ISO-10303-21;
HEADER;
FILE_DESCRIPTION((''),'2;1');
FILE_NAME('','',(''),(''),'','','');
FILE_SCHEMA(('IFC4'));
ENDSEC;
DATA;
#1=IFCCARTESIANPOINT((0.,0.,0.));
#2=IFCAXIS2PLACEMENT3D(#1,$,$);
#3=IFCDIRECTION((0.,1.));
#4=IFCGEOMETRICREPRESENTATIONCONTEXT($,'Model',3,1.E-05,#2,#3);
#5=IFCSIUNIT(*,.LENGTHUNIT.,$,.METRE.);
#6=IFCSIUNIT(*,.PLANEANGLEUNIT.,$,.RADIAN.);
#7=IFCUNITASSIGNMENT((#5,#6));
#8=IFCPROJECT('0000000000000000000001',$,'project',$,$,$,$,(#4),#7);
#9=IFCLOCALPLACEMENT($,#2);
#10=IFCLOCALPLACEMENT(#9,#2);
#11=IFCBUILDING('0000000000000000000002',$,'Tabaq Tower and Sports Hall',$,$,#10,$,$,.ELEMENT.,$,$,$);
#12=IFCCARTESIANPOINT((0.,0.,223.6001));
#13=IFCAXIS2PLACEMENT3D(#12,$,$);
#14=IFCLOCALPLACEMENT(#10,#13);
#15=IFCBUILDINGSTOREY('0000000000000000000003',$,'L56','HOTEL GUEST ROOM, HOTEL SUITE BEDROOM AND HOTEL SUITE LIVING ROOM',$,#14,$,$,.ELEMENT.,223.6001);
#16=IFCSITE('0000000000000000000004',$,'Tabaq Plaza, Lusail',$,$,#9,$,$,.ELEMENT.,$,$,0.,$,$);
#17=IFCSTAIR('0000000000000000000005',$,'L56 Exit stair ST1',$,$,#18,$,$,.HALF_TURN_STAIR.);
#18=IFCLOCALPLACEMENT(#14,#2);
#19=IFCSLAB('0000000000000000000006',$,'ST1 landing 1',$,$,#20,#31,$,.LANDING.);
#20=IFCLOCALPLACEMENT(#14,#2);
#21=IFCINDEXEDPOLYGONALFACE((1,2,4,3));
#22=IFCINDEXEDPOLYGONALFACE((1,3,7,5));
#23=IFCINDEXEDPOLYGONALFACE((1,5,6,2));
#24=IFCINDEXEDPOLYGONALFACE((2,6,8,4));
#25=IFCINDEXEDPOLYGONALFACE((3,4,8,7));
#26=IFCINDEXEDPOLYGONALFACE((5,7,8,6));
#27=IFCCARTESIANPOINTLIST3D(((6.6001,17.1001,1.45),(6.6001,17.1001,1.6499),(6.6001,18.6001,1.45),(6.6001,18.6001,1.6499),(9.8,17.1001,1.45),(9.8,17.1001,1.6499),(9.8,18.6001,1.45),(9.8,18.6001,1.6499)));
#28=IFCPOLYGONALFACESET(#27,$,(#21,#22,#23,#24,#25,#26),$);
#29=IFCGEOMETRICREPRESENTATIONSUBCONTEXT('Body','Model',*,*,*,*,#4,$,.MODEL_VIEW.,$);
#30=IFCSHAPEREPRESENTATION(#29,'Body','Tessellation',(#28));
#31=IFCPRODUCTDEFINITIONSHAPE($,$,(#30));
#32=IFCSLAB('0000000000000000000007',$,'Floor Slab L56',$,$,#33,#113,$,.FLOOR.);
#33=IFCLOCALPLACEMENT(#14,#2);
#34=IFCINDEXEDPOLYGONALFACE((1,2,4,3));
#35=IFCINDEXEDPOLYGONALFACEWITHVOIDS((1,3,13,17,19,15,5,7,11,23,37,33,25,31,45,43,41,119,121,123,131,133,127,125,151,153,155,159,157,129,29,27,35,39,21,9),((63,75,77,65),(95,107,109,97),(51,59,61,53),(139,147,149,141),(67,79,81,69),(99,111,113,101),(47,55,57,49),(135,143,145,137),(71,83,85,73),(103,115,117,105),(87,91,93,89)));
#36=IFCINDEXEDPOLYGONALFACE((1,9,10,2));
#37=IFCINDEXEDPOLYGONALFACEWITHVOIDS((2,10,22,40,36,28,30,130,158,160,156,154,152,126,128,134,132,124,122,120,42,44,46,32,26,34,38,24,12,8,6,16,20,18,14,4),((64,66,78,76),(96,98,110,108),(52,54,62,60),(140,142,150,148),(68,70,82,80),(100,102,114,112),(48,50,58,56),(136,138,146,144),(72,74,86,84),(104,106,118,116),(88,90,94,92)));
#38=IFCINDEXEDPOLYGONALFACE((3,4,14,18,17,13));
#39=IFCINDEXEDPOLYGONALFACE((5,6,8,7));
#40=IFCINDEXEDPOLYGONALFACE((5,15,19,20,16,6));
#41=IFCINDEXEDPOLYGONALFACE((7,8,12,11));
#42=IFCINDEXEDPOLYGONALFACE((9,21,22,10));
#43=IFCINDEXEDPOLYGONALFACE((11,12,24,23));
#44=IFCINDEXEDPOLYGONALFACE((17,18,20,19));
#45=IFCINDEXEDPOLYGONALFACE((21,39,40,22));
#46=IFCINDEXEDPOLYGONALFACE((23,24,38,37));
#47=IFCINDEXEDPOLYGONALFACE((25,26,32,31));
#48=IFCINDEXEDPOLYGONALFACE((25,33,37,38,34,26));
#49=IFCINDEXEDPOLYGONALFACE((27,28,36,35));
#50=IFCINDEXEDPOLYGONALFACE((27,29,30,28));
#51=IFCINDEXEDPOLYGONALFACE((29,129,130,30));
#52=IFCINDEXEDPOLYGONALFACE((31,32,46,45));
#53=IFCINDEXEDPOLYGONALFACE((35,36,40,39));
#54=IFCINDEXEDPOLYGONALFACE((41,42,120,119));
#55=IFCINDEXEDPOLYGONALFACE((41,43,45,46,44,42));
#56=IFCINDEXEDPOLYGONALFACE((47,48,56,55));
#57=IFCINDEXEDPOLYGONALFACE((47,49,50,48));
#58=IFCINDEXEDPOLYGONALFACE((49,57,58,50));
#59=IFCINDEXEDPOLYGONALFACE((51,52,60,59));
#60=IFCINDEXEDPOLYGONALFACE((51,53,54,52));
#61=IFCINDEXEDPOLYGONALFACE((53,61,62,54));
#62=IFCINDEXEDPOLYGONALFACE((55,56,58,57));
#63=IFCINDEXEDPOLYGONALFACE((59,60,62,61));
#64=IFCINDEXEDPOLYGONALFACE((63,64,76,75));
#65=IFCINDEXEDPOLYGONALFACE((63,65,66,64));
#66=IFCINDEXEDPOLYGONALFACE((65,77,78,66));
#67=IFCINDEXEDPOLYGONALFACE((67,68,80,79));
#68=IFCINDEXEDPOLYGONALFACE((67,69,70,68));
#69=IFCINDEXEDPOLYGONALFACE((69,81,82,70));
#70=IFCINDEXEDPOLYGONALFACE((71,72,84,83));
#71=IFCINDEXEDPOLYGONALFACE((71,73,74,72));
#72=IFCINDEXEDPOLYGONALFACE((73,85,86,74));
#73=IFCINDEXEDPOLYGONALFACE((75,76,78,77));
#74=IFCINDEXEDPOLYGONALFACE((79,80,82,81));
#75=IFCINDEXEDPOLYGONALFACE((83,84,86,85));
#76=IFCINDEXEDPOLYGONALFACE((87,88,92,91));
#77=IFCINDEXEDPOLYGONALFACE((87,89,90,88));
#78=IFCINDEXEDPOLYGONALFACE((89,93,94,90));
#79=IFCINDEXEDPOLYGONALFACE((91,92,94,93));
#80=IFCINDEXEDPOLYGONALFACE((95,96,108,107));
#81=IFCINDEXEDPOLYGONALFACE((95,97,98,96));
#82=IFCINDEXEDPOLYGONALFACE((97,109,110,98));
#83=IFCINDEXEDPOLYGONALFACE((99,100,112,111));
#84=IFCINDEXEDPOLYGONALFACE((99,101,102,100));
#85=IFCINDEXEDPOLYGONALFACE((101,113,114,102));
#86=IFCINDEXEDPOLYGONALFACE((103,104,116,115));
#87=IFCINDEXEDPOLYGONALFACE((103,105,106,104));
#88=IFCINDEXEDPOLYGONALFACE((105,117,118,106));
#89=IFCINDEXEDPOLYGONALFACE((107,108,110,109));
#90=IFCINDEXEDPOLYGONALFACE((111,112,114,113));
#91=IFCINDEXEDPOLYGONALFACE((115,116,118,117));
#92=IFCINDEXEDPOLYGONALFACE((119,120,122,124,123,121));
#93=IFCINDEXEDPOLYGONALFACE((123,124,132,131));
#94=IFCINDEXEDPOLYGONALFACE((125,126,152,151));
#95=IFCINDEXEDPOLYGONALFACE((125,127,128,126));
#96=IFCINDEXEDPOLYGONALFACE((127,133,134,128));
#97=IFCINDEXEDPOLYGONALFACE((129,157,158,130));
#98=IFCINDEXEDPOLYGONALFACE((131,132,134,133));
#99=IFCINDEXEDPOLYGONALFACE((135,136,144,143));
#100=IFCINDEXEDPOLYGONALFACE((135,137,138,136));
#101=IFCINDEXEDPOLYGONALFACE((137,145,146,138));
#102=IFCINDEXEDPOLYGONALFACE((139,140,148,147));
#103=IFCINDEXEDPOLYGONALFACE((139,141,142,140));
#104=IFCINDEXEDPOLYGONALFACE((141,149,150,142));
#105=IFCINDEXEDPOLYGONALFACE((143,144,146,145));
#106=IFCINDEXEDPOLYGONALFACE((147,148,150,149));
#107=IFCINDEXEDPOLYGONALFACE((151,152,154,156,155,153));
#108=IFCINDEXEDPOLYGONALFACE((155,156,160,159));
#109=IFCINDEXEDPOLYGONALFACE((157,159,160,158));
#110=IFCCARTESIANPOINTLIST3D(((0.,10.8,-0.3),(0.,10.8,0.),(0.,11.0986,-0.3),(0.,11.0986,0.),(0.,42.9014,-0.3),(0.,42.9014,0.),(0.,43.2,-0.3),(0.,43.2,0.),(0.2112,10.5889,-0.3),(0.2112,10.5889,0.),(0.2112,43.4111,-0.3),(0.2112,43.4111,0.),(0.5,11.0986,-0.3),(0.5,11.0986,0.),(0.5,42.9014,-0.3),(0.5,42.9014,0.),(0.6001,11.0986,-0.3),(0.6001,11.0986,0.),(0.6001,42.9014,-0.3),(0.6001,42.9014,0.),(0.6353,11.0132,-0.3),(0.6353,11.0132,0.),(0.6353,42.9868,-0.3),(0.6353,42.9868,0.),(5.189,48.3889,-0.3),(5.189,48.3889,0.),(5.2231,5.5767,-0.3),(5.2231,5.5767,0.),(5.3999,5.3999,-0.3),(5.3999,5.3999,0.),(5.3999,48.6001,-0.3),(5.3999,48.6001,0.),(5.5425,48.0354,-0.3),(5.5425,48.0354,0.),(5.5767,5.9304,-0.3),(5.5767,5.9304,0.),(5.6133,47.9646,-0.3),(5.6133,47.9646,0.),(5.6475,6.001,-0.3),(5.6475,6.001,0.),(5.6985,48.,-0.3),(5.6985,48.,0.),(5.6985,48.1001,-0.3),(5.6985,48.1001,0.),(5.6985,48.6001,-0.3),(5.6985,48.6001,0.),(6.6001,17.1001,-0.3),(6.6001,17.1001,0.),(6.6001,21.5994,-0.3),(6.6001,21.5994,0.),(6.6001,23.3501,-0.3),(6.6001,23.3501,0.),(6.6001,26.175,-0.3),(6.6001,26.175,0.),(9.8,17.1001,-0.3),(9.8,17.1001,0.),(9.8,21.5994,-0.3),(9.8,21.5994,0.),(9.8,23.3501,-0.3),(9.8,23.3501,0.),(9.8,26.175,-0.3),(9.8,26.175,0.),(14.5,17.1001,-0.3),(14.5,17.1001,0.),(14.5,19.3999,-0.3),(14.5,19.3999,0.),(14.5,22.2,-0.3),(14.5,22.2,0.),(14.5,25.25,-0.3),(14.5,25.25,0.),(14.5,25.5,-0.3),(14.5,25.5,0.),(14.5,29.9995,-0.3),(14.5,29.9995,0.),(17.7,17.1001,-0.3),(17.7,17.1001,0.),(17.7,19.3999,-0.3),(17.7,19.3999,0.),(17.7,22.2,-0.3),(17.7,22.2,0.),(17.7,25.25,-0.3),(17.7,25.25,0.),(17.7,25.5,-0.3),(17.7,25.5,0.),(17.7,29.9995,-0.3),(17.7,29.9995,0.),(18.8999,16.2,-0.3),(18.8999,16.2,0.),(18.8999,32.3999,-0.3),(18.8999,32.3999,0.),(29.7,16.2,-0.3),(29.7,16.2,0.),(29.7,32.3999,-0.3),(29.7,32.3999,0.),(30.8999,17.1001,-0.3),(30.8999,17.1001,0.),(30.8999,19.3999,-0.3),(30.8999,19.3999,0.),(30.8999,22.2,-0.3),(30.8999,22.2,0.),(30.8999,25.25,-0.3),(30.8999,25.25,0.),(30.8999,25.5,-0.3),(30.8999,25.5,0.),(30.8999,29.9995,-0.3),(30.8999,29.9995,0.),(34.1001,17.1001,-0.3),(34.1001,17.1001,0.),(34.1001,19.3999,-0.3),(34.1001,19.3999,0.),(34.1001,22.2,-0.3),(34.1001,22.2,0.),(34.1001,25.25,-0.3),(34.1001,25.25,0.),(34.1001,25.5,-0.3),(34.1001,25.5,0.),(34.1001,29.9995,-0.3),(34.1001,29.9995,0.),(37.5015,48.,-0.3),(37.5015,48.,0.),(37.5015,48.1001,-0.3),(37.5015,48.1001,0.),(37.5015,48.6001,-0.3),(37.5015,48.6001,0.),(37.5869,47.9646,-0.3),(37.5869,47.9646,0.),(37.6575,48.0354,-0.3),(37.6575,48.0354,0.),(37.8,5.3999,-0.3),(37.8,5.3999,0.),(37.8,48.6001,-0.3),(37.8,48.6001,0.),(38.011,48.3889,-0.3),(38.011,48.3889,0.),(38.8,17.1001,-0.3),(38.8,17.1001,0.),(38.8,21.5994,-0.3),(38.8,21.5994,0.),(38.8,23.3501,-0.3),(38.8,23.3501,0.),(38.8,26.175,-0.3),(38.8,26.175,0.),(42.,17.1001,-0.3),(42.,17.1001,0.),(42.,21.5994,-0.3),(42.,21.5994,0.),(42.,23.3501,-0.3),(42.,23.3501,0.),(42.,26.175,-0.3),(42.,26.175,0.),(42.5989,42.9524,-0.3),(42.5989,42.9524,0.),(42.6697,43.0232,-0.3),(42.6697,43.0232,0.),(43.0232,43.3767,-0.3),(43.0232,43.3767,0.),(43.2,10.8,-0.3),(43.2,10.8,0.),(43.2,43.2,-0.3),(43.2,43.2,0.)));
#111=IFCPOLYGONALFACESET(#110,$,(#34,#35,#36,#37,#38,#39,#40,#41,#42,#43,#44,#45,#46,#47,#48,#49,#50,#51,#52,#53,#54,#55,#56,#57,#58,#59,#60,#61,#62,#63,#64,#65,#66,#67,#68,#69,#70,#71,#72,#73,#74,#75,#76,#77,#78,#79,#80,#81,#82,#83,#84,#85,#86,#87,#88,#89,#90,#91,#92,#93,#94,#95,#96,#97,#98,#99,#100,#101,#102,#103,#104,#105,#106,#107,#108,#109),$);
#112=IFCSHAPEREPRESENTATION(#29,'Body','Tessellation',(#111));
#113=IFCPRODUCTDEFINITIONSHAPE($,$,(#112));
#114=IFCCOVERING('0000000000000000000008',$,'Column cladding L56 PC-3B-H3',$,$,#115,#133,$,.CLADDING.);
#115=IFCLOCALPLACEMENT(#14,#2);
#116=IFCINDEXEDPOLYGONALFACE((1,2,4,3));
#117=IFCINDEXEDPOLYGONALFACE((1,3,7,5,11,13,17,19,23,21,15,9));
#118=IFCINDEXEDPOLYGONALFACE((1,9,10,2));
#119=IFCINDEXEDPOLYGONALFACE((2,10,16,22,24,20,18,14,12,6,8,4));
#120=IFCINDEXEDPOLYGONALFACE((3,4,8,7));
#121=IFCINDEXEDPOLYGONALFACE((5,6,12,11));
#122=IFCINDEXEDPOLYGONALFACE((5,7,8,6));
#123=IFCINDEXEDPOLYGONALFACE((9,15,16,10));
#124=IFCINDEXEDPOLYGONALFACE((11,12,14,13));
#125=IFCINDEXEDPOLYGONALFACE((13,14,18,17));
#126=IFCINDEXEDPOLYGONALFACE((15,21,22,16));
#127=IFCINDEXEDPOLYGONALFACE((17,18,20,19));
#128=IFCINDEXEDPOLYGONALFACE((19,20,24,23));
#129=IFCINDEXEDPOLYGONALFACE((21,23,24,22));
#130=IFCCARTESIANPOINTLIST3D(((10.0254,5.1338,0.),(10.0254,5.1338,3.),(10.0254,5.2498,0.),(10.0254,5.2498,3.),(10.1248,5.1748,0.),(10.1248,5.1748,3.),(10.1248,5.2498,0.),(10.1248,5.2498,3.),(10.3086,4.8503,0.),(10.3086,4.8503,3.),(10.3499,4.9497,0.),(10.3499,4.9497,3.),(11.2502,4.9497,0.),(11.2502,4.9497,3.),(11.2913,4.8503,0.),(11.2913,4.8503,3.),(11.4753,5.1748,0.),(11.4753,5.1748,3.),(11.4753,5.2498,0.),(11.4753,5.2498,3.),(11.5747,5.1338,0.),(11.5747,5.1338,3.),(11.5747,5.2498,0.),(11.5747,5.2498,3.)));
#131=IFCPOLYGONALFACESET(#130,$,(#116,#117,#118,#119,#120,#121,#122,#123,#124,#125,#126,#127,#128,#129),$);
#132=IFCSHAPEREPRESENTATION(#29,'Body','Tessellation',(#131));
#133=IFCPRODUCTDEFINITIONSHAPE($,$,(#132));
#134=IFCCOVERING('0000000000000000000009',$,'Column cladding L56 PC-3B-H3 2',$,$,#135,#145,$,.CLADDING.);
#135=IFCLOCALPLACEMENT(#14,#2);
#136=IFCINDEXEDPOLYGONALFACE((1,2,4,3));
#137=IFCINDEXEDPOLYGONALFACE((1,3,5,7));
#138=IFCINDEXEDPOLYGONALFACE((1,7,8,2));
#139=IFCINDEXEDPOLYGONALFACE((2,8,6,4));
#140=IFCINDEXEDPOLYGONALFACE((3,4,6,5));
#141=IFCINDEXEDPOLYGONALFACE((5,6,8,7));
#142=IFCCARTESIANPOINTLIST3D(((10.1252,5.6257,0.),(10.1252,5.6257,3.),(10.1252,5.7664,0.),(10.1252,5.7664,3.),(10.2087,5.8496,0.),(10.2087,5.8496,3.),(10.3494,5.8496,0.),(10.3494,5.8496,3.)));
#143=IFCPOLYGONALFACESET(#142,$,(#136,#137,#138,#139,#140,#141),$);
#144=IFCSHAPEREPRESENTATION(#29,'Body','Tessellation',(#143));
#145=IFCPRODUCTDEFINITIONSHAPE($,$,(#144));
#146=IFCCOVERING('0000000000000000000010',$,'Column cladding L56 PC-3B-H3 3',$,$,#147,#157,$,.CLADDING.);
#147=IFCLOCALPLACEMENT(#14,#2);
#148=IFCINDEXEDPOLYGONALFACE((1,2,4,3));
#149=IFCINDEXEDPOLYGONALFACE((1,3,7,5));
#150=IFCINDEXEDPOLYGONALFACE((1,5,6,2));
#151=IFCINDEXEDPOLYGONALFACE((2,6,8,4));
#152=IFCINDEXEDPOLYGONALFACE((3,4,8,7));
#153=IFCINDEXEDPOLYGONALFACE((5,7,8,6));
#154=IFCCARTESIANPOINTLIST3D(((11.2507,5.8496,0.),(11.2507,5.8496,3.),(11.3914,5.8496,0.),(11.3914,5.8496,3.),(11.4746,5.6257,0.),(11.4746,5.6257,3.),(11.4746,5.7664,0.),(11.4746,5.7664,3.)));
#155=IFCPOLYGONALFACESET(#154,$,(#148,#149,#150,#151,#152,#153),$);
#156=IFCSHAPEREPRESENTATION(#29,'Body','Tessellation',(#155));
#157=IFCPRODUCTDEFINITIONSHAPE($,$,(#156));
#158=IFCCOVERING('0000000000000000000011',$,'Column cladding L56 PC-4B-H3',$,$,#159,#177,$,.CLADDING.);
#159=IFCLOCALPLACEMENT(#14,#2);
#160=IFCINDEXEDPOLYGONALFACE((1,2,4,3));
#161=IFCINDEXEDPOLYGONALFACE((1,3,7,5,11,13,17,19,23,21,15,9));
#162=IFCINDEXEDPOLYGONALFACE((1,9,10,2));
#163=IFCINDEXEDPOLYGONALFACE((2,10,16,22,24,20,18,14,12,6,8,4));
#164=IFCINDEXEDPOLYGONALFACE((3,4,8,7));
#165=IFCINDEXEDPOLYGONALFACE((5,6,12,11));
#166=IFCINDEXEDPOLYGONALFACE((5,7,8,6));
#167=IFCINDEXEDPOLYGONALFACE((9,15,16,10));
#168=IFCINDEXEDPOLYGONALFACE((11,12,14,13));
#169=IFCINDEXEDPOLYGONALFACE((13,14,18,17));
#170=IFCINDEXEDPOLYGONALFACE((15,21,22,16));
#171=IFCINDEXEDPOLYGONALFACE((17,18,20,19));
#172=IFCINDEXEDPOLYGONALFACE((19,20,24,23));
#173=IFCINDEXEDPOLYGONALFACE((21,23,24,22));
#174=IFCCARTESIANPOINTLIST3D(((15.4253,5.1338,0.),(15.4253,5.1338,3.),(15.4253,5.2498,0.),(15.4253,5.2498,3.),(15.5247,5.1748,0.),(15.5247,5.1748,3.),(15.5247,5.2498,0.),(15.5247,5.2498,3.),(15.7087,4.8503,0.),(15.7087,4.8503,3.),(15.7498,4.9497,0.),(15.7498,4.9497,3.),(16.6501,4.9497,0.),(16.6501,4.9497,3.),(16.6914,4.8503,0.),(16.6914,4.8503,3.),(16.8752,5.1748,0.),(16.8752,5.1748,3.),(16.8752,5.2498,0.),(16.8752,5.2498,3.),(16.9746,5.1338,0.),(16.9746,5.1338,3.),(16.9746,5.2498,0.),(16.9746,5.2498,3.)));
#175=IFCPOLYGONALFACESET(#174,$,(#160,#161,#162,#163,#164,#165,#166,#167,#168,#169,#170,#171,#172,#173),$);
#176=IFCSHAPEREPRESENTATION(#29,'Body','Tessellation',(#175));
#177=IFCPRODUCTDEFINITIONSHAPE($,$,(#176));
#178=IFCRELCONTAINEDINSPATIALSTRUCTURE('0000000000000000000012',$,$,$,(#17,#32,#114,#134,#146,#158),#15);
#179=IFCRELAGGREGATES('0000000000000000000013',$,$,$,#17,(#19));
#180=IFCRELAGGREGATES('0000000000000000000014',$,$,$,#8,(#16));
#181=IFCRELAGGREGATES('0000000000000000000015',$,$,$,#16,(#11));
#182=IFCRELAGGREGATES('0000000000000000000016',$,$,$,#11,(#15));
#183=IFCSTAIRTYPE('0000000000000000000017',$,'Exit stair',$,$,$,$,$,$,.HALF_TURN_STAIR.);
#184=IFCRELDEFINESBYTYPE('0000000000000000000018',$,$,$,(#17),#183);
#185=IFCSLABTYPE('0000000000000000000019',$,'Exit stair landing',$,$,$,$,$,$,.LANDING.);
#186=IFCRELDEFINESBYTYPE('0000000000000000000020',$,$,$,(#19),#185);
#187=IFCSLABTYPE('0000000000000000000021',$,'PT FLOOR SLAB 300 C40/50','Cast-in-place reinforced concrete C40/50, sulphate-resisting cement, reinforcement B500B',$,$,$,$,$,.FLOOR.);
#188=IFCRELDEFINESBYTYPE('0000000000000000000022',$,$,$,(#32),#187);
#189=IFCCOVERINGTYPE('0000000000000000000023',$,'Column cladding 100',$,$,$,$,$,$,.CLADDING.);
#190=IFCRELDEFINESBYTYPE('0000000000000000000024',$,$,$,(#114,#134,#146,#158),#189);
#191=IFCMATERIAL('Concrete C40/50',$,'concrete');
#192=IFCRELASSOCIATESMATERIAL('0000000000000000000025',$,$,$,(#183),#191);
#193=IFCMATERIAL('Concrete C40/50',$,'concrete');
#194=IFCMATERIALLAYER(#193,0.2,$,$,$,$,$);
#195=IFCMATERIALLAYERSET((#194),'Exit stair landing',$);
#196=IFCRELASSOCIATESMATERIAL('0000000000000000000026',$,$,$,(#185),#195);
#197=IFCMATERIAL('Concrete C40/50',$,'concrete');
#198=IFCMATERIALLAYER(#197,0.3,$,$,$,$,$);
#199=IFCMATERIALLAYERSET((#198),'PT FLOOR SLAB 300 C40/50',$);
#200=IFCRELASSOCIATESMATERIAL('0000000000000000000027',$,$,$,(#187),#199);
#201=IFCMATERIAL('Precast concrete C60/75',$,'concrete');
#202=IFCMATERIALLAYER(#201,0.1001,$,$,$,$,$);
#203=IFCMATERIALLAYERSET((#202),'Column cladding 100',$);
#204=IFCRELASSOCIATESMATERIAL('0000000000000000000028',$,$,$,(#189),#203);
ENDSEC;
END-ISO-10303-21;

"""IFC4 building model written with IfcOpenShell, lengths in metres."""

from ifc_helpers import new_model, si_unit, direction, frame, origin, place, context, subcontext, project, spatial, polyline, outline, extrude, material, layer, layer_set, type_object, element, aggregate, save


model = new_model("IFC4")

# Units and contexts
model_context = context("Model", 3, precision=1e-05, world=origin(), true_north=direction((0.0, 1.0)))
body_context = subcontext(model_context, "Body", "Model", "MODEL_VIEW")
ifc_project = project(units=[si_unit("LENGTHUNIT", "METRE"), si_unit("PLANEANGLEUNIT", "RADIAN")], contexts=[model_context])

# Site, building, storey
site_placement = place(None, origin())
site = spatial("IfcSite", under=ifc_project, at=site_placement, Name="Tabaq Plaza, Lusail", CompositionType="ELEMENT", RefElevation=0.0)
building_placement = place(site_placement, origin())
building = spatial("IfcBuilding", under=site, at=building_placement, Name="Tabaq Tower and Sports Hall", CompositionType="ELEMENT")
storey_placement = place(building_placement, frame((0.0, 0.0, 223.6001)))
storey = spatial("IfcBuildingStorey", under=building, at=storey_placement, Name="L56", Description="HOTEL GUEST ROOM, HOTEL SUITE BEDROOM AND HOTEL SUITE LIVING ROOM", CompositionType="ELEMENT", Elevation=223.6001)

# Stair, slab
ifc_material_1 = material(Name="Concrete C40/50", Category="concrete")
stair_type = type_object("IfcStairType", Name="Exit stair", PredefinedType="HALF_TURN_STAIR", material=ifc_material_1)
stair_placement = place(storey_placement, origin())
stair = element("IfcStair", 1, at=stair_placement, inside=storey, type_object=stair_type, Name="L56 Exit stair ST1", PredefinedType="HALF_TURN_STAIR")
ifc_material_2 = material(Name="Concrete C40/50", Category="concrete")
ifc_layer_1 = layer(ifc_material_2, 0.2)
ifc_layer_set_1 = layer_set([ifc_layer_1], Name="Exit stair landing")
slab_type_1 = type_object("IfcSlabType", Name="Exit stair landing", PredefinedType="LANDING", material=ifc_layer_set_1)
slab_1_placement = place(storey_placement, frame((0.0, 0.0, 1.45)))
slab_1 = element("IfcSlab", 2, at=slab_1_placement, type_object=slab_type_1, Name="ST1 landing 1", PredefinedType="LANDING", context=body_context, shape_type="SweptSolid", body=[
    extrude(outline(polyline([(6.6001, 18.6001), (6.6001, 17.1001), (9.8, 17.1001), (9.8, 18.6001), (6.6001, 18.6001)])), origin(), (0.0, 0.0, 1.0), 0.2),
])
aggregate(stair, [slab_1])

# Slab
ifc_material_3 = material(Name="Concrete C40/50", Category="concrete")
ifc_layer_2 = layer(ifc_material_3, 0.3)
ifc_layer_set_2 = layer_set([ifc_layer_2], Name="PT FLOOR SLAB 300 C40/50")
slab_type_2 = type_object("IfcSlabType", Name="PT FLOOR SLAB 300 C40/50", Description="Cast-in-place reinforced concrete C40/50, sulphate-resisting cement, reinforcement B500B", PredefinedType="FLOOR", material=ifc_layer_set_2)
slab_2_placement = place(storey_placement, frame((0.0, 0.0, -0.3)))
element("IfcSlab", 3, at=slab_2_placement, inside=storey, type_object=slab_type_2, Name="Floor Slab L56", PredefinedType="FLOOR", context=body_context, shape_type="SweptSolid", body=[
    extrude(outline(polyline([(0.0, 11.0986), (0.0, 10.8), (0.2112, 10.5889), (0.6353, 11.0132), (5.6475, 6.001), (5.5767, 5.9304), (5.2231, 5.5767), (5.3999, 5.3999), (37.8, 5.3999), (43.2, 10.8), (43.2, 43.2), (43.0232, 43.3767), (42.6697, 43.0232), (42.5989, 42.9524), (37.5869, 47.9646), (37.6575, 48.0354), (38.011, 48.3889), (37.8, 48.6001), (37.5015, 48.6001), (37.5015, 48.1001), (37.5015, 48.0), (5.6985, 48.0), (5.6985, 48.1001), (5.6985, 48.6001), (5.3999, 48.6001), (5.189, 48.3889), (5.5425, 48.0354), (5.6133, 47.9646), (0.6353, 42.9868), (0.2112, 43.4111), (0.0, 43.2), (0.0, 42.9014), (0.5, 42.9014), (0.6001, 42.9014), (0.6001, 11.0986), (0.5, 11.0986), (0.0, 11.0986)]), holes=[polyline([(14.5, 19.3999), (17.7, 19.3999), (17.7, 17.1001), (14.5, 17.1001), (14.5, 19.3999)]), polyline([(6.6001, 21.5994), (9.8, 21.5994), (9.8, 17.1001), (6.6001, 17.1001), (6.6001, 21.5994)]), polyline([(14.5, 25.25), (17.7, 25.25), (17.7, 22.2), (14.5, 22.2), (14.5, 25.25)]), polyline([(18.8999, 32.3999), (29.7, 32.3999), (29.7, 16.2), (18.8999, 16.2), (18.8999, 32.3999)]), polyline([(9.8, 26.175), (9.8, 23.3501), (6.6001, 23.3501), (6.6001, 26.175), (9.8, 26.175)]), polyline([(14.5, 29.9995), (17.7, 29.9995), (17.7, 25.5), (14.5, 25.5), (14.5, 29.9995)]), polyline([(34.1001, 19.3999), (34.1001, 17.1001), (30.8999, 17.1001), (30.8999, 19.3999), (34.1001, 19.3999)]), polyline([(42.0, 21.5994), (42.0, 17.1001), (38.8, 17.1001), (38.8, 21.5994), (42.0, 21.5994)]), polyline([(30.8999, 25.25), (34.1001, 25.25), (34.1001, 22.2), (30.8999, 22.2), (30.8999, 25.25)]), polyline([(42.0, 26.175), (42.0, 23.3501), (38.8, 23.3501), (38.8, 26.175), (42.0, 26.175)]), polyline([(34.1001, 29.9995), (34.1001, 25.5), (30.8999, 25.5), (30.8999, 29.9995), (34.1001, 29.9995)])]), origin(), (0.0, 0.0, 1.0), 0.3),
])

# Coverings
ifc_material_4 = material(Name="Precast concrete C60/75", Category="concrete")
ifc_layer_3 = layer(ifc_material_4, 0.1001)
ifc_layer_set_3 = layer_set([ifc_layer_3], Name="Column cladding 100")
covering_type = type_object("IfcCoveringType", Name="Column cladding 100", PredefinedType="CLADDING", material=ifc_layer_set_3)
covering_1_placement = place(storey_placement, origin())
element("IfcCovering", 4, at=covering_1_placement, inside=storey, type_object=covering_type, Name="Column cladding L56 PC-3B-H3", PredefinedType="CLADDING", context=body_context, shape_type="SweptSolid", body=[
    extrude(outline(polyline([(10.0254, 5.2498), (10.1248, 5.2498), (10.1248, 5.1748), (10.3499, 4.9497), (11.2502, 4.9497), (11.4753, 5.1748), (11.4753, 5.2498), (11.5747, 5.2498), (11.5747, 5.1338), (11.2913, 4.8503), (10.3086, 4.8503), (10.0254, 5.1338), (10.0254, 5.2498)])), origin(), (0.0, 0.0, 1.0), 3.0),
])
covering_2_placement = place(storey_placement, origin())
element("IfcCovering", 5, at=covering_2_placement, inside=storey, type_object=covering_type, Name="Column cladding L56 PC-3B-H3 2", PredefinedType="CLADDING", context=body_context, shape_type="SweptSolid", body=[
    extrude(outline(polyline([(10.2087, 5.8496), (10.3494, 5.8496), (10.1252, 5.6257), (10.1252, 5.7664), (10.2087, 5.8496)])), origin(), (0.0, 0.0, 1.0), 3.0),
])
covering_3_placement = place(storey_placement, origin())
element("IfcCovering", 6, at=covering_3_placement, inside=storey, type_object=covering_type, Name="Column cladding L56 PC-3B-H3 3", PredefinedType="CLADDING", context=body_context, shape_type="SweptSolid", body=[
    extrude(outline(polyline([(11.4746, 5.7664), (11.4746, 5.6257), (11.2507, 5.8496), (11.3914, 5.8496), (11.4746, 5.7664)])), origin(), (0.0, 0.0, 1.0), 3.0),
])
covering_4_placement = place(storey_placement, origin())
element("IfcCovering", 7, at=covering_4_placement, inside=storey, type_object=covering_type, Name="Column cladding L56 PC-4B-H3", PredefinedType="CLADDING", context=body_context, shape_type="SweptSolid", body=[
    extrude(outline(polyline([(15.4253, 5.2498), (15.5247, 5.2498), (15.5247, 5.1748), (15.7498, 4.9497), (16.6501, 4.9497), (16.8752, 5.1748), (16.8752, 5.2498), (16.9746, 5.2498), (16.9746, 5.1338), (16.6914, 4.8503), (15.7087, 4.8503), (15.4253, 5.1338), (15.4253, 5.2498)])), origin(), (0.0, 0.0, 1.0), 3.0),
])

save(model, "model.ifc")
